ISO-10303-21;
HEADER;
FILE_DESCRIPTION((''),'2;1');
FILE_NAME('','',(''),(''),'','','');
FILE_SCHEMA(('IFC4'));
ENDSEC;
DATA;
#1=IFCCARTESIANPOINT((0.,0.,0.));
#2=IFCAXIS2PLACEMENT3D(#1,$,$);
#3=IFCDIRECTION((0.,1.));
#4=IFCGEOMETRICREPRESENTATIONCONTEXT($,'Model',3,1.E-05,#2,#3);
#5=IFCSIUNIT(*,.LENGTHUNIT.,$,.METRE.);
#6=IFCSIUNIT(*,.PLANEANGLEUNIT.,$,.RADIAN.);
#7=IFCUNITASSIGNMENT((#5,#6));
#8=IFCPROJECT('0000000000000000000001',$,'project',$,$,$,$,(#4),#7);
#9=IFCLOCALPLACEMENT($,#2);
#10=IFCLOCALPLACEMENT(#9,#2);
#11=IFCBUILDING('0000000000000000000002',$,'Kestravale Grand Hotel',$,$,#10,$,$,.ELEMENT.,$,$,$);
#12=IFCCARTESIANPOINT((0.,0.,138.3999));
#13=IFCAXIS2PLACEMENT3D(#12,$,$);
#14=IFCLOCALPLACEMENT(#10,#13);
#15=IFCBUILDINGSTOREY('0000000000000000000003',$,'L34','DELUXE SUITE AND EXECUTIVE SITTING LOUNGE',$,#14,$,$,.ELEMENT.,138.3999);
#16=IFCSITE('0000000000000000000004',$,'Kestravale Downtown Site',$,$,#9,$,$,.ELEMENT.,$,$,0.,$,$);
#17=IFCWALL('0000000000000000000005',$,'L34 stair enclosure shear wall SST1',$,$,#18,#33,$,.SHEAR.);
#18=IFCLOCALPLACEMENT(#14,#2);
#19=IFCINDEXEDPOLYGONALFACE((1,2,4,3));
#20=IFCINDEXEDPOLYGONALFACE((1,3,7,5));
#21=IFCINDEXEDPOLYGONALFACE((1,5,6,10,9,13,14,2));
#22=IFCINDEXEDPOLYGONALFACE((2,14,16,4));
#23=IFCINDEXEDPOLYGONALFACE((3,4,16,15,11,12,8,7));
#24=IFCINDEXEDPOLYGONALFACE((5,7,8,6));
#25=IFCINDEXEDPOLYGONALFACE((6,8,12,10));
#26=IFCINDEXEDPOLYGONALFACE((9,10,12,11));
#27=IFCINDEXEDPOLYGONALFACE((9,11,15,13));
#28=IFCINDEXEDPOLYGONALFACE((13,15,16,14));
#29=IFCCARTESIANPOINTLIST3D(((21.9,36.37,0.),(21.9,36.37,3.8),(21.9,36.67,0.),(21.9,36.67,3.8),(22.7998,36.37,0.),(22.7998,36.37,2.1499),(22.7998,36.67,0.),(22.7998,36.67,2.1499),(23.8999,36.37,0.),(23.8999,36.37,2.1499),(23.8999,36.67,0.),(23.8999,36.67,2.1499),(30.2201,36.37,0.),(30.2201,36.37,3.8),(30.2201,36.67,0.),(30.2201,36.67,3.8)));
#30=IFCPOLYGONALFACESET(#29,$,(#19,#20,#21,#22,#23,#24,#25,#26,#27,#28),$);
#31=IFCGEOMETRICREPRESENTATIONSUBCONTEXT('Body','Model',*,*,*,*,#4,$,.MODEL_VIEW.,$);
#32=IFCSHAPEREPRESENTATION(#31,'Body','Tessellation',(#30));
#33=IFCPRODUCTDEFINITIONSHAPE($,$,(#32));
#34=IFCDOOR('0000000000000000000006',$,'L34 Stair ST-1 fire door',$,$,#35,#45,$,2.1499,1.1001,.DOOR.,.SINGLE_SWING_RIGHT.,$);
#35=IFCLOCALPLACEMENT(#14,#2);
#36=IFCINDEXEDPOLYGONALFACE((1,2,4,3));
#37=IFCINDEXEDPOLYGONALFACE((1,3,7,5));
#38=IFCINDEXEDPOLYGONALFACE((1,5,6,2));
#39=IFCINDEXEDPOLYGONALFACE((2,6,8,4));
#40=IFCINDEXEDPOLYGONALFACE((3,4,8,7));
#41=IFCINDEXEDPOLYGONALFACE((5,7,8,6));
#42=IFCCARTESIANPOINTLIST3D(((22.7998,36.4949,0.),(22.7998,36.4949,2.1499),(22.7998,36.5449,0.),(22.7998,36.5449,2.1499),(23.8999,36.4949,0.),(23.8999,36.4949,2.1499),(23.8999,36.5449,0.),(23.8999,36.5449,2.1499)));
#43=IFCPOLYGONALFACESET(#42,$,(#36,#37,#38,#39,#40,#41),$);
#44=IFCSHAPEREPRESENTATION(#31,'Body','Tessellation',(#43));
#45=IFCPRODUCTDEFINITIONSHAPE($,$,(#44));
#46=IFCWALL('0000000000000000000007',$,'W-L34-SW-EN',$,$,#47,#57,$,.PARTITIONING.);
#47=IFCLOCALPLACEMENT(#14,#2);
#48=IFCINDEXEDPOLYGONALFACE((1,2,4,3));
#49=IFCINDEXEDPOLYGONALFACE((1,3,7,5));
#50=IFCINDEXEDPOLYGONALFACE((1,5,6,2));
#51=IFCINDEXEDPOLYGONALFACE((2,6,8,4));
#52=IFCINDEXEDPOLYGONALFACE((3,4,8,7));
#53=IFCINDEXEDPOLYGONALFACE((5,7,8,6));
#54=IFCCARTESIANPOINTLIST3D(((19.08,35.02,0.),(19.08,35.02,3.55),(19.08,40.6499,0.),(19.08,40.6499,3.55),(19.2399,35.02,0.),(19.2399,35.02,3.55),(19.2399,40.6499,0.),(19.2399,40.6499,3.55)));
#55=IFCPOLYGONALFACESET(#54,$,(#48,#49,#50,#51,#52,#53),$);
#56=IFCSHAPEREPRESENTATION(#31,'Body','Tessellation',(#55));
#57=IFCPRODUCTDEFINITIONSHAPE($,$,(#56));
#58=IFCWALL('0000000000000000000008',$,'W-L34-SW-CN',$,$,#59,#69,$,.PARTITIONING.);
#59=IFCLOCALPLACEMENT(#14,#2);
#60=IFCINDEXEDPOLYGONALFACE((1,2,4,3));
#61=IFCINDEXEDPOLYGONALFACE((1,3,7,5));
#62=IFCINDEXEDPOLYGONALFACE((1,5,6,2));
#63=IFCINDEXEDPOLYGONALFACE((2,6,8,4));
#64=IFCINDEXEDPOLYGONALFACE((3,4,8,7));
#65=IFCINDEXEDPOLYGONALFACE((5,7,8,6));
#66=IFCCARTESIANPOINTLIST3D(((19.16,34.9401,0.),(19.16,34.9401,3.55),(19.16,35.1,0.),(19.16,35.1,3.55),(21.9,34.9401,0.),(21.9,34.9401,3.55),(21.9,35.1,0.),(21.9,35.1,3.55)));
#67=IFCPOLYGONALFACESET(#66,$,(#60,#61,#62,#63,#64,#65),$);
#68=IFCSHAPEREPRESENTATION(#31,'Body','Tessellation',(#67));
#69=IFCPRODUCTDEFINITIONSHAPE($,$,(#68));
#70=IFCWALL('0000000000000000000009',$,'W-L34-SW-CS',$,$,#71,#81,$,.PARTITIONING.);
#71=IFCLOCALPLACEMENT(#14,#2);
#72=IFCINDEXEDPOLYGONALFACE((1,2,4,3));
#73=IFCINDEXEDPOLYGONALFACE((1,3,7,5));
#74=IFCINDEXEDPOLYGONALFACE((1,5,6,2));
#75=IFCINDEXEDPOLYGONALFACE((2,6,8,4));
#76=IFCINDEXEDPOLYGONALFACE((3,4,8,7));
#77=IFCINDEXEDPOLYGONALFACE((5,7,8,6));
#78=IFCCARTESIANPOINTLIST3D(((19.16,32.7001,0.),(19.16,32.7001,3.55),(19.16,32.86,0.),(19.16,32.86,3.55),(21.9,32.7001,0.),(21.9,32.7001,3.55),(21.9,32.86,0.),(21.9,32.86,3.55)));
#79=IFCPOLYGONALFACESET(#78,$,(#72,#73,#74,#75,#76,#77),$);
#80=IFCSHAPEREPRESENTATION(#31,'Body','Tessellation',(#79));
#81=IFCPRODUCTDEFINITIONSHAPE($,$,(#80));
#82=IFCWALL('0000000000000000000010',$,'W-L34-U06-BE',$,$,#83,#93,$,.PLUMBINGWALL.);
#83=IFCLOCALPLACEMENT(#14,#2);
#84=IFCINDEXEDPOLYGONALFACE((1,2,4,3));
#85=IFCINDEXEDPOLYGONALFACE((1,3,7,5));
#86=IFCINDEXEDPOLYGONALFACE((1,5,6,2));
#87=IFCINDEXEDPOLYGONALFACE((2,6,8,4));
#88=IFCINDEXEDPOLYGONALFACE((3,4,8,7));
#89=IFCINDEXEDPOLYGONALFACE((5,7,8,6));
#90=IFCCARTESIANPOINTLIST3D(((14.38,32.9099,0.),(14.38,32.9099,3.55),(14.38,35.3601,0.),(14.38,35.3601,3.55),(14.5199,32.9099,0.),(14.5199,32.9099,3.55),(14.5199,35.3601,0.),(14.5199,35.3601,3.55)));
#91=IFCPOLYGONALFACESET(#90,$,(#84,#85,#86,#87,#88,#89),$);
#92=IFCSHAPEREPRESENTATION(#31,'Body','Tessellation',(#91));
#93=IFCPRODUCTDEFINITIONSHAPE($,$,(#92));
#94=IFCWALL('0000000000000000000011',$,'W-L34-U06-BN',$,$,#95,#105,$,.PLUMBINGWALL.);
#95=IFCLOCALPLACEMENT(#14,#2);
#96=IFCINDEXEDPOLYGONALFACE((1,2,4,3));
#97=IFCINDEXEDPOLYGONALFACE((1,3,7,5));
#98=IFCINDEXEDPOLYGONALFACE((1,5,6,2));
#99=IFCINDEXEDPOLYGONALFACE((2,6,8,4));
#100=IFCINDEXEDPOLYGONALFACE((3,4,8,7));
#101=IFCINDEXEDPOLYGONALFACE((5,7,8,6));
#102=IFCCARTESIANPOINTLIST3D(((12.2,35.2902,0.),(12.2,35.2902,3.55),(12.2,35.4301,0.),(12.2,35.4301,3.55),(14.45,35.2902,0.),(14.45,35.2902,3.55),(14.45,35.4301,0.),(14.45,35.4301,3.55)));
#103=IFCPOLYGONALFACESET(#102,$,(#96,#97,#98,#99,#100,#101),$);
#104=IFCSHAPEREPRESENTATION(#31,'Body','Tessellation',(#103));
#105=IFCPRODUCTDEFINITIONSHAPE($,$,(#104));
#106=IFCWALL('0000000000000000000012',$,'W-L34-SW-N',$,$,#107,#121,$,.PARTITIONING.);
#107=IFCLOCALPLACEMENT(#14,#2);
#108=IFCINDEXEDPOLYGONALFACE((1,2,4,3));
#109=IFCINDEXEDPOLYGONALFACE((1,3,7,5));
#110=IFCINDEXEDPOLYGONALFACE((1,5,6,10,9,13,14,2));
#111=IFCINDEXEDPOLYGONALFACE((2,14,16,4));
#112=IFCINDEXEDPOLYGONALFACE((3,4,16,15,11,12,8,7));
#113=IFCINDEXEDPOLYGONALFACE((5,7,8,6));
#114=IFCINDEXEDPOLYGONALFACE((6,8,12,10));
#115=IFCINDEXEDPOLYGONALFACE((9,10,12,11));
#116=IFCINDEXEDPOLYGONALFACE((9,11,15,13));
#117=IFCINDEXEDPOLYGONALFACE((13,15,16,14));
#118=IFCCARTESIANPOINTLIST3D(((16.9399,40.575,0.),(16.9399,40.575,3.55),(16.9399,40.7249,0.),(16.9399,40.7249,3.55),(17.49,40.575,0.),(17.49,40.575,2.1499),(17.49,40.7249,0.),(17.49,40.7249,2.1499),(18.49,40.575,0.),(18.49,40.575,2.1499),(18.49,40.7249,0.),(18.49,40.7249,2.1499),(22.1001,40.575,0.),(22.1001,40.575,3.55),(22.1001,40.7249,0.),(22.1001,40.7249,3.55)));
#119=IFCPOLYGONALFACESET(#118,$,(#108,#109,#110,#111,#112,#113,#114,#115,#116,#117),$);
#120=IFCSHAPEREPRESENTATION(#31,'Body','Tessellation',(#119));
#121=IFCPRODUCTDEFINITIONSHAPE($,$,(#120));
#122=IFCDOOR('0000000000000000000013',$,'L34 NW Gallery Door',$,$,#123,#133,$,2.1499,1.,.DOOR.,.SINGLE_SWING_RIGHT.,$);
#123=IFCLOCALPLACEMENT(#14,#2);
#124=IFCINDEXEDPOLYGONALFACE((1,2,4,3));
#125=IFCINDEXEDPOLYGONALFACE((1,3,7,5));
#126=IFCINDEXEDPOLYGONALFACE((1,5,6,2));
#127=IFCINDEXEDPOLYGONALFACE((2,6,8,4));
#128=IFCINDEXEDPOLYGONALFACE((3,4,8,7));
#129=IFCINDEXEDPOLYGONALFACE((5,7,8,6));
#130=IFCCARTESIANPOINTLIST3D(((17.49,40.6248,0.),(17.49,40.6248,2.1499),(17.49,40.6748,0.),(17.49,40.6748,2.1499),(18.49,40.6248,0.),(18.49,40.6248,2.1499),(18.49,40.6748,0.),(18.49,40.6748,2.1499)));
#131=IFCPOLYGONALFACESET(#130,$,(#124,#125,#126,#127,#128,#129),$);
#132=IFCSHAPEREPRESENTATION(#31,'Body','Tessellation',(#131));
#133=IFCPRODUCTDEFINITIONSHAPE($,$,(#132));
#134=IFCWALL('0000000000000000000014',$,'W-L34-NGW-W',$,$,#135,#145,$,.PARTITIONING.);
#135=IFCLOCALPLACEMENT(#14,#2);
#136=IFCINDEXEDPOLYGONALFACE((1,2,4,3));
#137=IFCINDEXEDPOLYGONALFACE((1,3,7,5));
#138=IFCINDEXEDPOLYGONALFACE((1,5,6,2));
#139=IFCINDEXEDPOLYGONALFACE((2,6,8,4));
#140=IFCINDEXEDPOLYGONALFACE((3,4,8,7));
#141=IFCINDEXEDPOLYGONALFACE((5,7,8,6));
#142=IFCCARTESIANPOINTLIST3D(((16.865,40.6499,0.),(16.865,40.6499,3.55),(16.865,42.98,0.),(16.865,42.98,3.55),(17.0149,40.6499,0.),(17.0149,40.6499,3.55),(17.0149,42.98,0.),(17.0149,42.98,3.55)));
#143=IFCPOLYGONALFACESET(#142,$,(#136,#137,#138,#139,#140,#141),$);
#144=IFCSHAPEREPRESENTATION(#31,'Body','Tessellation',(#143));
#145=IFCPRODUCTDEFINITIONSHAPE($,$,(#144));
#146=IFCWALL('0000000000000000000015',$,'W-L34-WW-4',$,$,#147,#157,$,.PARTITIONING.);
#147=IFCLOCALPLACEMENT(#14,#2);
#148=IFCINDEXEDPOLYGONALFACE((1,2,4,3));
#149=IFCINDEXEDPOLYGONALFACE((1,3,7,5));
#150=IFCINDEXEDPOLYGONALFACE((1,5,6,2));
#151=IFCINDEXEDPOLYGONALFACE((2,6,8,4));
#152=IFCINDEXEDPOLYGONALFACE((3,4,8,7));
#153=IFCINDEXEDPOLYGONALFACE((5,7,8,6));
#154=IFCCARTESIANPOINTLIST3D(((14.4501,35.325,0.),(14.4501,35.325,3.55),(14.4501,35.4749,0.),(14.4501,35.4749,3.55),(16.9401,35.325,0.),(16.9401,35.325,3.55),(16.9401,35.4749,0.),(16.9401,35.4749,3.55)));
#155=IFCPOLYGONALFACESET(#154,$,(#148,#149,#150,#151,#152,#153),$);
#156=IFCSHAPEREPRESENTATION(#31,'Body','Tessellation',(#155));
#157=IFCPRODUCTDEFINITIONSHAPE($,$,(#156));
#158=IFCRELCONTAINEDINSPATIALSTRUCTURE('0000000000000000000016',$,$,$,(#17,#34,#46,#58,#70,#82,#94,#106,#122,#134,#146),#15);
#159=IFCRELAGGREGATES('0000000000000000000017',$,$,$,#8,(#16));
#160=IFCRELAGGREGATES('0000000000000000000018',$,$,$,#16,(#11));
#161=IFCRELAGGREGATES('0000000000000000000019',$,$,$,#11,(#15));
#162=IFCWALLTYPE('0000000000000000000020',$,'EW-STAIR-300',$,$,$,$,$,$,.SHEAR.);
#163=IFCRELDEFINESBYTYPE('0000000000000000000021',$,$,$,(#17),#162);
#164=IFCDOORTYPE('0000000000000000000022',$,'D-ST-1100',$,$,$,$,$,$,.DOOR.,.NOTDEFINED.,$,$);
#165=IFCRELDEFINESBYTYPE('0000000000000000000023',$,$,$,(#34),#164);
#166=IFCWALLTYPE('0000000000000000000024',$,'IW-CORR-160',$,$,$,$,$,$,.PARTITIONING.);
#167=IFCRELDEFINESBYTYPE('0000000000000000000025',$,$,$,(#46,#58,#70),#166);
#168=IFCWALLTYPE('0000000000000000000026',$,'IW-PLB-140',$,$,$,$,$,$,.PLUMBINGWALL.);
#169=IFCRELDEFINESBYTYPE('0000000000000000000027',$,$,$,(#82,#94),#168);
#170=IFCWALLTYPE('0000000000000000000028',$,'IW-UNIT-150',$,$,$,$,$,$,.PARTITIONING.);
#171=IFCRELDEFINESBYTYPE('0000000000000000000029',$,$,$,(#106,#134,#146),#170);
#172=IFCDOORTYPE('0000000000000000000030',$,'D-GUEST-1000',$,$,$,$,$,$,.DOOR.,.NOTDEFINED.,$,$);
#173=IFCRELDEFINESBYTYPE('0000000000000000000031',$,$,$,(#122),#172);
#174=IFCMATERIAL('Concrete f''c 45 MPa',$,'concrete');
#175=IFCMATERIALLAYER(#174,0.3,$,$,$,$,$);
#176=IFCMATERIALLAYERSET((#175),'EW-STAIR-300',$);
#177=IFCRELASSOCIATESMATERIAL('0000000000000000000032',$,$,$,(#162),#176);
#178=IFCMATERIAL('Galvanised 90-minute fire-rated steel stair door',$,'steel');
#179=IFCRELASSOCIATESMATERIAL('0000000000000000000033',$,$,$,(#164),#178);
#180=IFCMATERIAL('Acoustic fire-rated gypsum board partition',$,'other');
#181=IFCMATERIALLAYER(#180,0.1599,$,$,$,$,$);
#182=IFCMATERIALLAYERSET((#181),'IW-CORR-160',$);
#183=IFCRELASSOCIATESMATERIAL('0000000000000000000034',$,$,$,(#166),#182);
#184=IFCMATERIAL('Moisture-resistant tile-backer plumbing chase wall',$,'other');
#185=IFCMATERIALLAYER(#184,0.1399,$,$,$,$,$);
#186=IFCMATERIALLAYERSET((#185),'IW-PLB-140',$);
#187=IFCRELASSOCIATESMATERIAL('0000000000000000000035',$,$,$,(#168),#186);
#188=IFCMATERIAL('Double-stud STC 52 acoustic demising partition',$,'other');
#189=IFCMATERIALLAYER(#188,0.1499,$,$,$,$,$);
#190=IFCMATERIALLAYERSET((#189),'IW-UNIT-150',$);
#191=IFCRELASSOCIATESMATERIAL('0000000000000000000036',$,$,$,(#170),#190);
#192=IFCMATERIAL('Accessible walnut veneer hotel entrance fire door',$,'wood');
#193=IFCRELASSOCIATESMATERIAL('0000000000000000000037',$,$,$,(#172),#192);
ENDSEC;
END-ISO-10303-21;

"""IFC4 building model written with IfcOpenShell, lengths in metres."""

from ifc_helpers import new_model, si_unit, direction, frame, frame_2d, origin, place, context, subcontext, project, spatial, rectangle, extrude, material, layer, layer_set, type_object, element, fill, save


model = new_model("IFC4")

# Units and contexts
model_context = context("Model", 3, precision=1e-05, world=origin(), true_north=direction((0.0, 1.0)))
body_context = subcontext(model_context, "Body", "Model", "MODEL_VIEW")
ifc_project = project(units=[si_unit("LENGTHUNIT", "METRE"), si_unit("PLANEANGLEUNIT", "RADIAN")], contexts=[model_context])

# Site, building, storey
site_placement = place(None, origin())
site = spatial("IfcSite", under=ifc_project, at=site_placement, Name="Kestravale Downtown Site", CompositionType="ELEMENT", RefElevation=0.0)
building_placement = place(site_placement, origin())
building = spatial("IfcBuilding", under=site, at=building_placement, Name="Kestravale Grand Hotel", CompositionType="ELEMENT")
storey_placement = place(building_placement, frame((0.0, 0.0, 138.3999)))
storey = spatial("IfcBuildingStorey", under=building, at=storey_placement, Name="L34", Description="DELUXE SUITE AND EXECUTIVE SITTING LOUNGE", CompositionType="ELEMENT", Elevation=138.3999)

# Wall, opening, door
ifc_material_1 = material(Name="Concrete f'c 45 MPa", Category="concrete")
ifc_layer_1 = layer(ifc_material_1, 0.3)
ifc_layer_set_1 = layer_set([ifc_layer_1], Name="EW-STAIR-300")
wall_type_1 = type_object("IfcWallType", Name="EW-STAIR-300", PredefinedType="SHEAR", material=ifc_layer_set_1)
wall_1_placement = place(storey_placement, frame((21.8999, 36.52, 0.0), z_axis=(0.0, 0.0, 1.0), x_axis=(1.0, 0.0, 0.0)))
wall_1 = element("IfcWall", 1, at=wall_1_placement, inside=storey, type_object=wall_type_1, Name="L34 stair enclosure shear wall SST1", PredefinedType="SHEAR", context=body_context, shape_type="SweptSolid", body=[
    extrude(rectangle(XDim=8.3201, YDim=0.3, at=frame_2d((4.1602, 0.0))), origin(), (0.0, 0.0, 1.0), 3.8),
])
opening_1_placement = place(wall_1_placement, frame((0.8999, 0.0, 0.0)))
opening_1 = element("IfcOpeningElement", 2, at=opening_1_placement, cuts=wall_1, PredefinedType="OPENING", context=body_context, shape_type="SweptSolid", body=[
    extrude(rectangle(XDim=1.1001, YDim=2.1499, at=frame_2d((0.55, 1.075))), frame((0.0, 0.1599, 0.0), z_axis=(0.0, -1.0, 0.0), x_axis=(1.0, 0.0, 0.0)), (0.0, 0.0, 1.0), 0.3201),
])
ifc_material_2 = material(Name="Galvanised 90-minute fire-rated steel stair door", Category="steel")
door_type_1 = type_object("IfcDoorType", Name="D-ST-1100", OperationType="NOTDEFINED", PredefinedType="DOOR", material=ifc_material_2)
door_1_placement = place(opening_1_placement, origin())
door_1 = element("IfcDoor", 3, at=door_1_placement, inside=storey, type_object=door_type_1, Name="L34 Stair ST-1 fire door", OperationType="SINGLE_SWING_RIGHT", OverallHeight=2.1499, OverallWidth=1.1001, PredefinedType="DOOR", context=body_context, shape_type="SweptSolid", body=[
    extrude(rectangle(XDim=1.1001, YDim=2.1499, at=frame_2d((0.55, 1.075))), frame((0.0, 0.0249, 0.0), z_axis=(0.0, -1.0, 0.0), x_axis=(1.0, 0.0, 0.0)), (0.0, 0.0, 1.0), 0.05),
])
fill(opening_1, door_1)

# Walls
ifc_material_3 = material(Name="Acoustic fire-rated gypsum board partition", Category="other")
ifc_layer_2 = layer(ifc_material_3, 0.1599)
ifc_layer_set_2 = layer_set([ifc_layer_2], Name="IW-CORR-160")
wall_type_2 = type_object("IfcWallType", Name="IW-CORR-160", PredefinedType="PARTITIONING", material=ifc_layer_set_2)
wall_2_placement = place(storey_placement, frame((19.1599, 35.02, 0.0), z_axis=(0.0, 0.0, 1.0), x_axis=(0.0, 1.0, 0.0)))
element("IfcWall", 4, at=wall_2_placement, inside=storey, type_object=wall_type_2, Name="W-L34-SW-EN", PredefinedType="PARTITIONING", context=body_context, shape_type="SweptSolid", body=[
    extrude(rectangle(XDim=5.6299, YDim=0.1599, at=frame_2d((2.8149, 0.0))), origin(), (0.0, 0.0, 1.0), 3.55),
])
for number, where, z_axis, x_axis, name in (
    (5, (19.1599, 35.02, 0.0), (0.0, 0.0, 1.0), (1.0, 0.0, 0.0), "W-L34-SW-CN"),
    (6, (19.1599, 32.78, 0.0), (0.0, 0.0, 1.0), (1.0, 0.0, 0.0), "W-L34-SW-CS"),
):
    element("IfcWall", number, at=place(storey_placement, frame(where, z_axis=z_axis, x_axis=x_axis)), inside=storey, type_object=wall_type_2, Name=name, PredefinedType="PARTITIONING", context=body_context, shape_type="SweptSolid", body=[
        extrude(rectangle(XDim=2.74, YDim=0.1599, at=frame_2d((1.3701, 0.0))), origin(), (0.0, 0.0, 1.0), 3.55),
    ])
ifc_material_4 = material(Name="Moisture-resistant tile-backer plumbing chase wall", Category="other")
ifc_layer_3 = layer(ifc_material_4, 0.1399)
ifc_layer_set_3 = layer_set([ifc_layer_3], Name="IW-PLB-140")
wall_type_3 = type_object("IfcWallType", Name="IW-PLB-140", PredefinedType="PLUMBINGWALL", material=ifc_layer_set_3)
wall_3_placement = place(storey_placement, frame((14.45, 32.9099, 0.0), z_axis=(0.0, 0.0, 1.0), x_axis=(0.0, 1.0, 0.0)))
element("IfcWall", 7, at=wall_3_placement, inside=storey, type_object=wall_type_3, Name="W-L34-U06-BE", PredefinedType="PLUMBINGWALL", context=body_context, shape_type="SweptSolid", body=[
    extrude(rectangle(XDim=2.4502, YDim=0.1399, at=frame_2d((1.2251, 0.0))), origin(), (0.0, 0.0, 1.0), 3.55),
])
wall_4_placement = place(storey_placement, frame((12.2, 35.3601, 0.0), z_axis=(0.0, 0.0, 1.0), x_axis=(1.0, 0.0, 0.0)))
element("IfcWall", 8, at=wall_4_placement, inside=storey, type_object=wall_type_3, Name="W-L34-U06-BN", PredefinedType="PLUMBINGWALL", context=body_context, shape_type="SweptSolid", body=[
    extrude(rectangle(XDim=2.25, YDim=0.1399, at=frame_2d((1.125, 0.0))), origin(), (0.0, 0.0, 1.0), 3.55),
])

# Wall, opening, door
ifc_material_5 = material(Name="Double-stud STC 52 acoustic demising partition", Category="other")
ifc_layer_4 = layer(ifc_material_5, 0.1499)
ifc_layer_set_4 = layer_set([ifc_layer_4], Name="IW-UNIT-150")
wall_type_4 = type_object("IfcWallType", Name="IW-UNIT-150", PredefinedType="PARTITIONING", material=ifc_layer_set_4)
wall_5_placement = place(storey_placement, frame((16.9399, 40.6499, 0.0), z_axis=(0.0, 0.0, 1.0), x_axis=(1.0, 0.0, 0.0)))
wall_5 = element("IfcWall", 9, at=wall_5_placement, inside=storey, type_object=wall_type_4, Name="W-L34-SW-N", PredefinedType="PARTITIONING", context=body_context, shape_type="SweptSolid", body=[
    extrude(rectangle(XDim=5.1602, YDim=0.1499, at=frame_2d((2.5801, 0.0))), origin(), (0.0, 0.0, 1.0), 3.55),
])
opening_2_placement = place(wall_5_placement, frame((0.55, 0.0, 0.0)))
opening_2 = element("IfcOpeningElement", 10, at=opening_2_placement, cuts=wall_5, PredefinedType="OPENING", context=body_context, shape_type="SweptSolid", body=[
    extrude(rectangle(XDim=1.0, YDim=2.1499, at=frame_2d((0.5, 1.075))), frame((0.0, 0.085, 0.0), z_axis=(0.0, -1.0, 0.0), x_axis=(1.0, 0.0, 0.0)), (0.0, 0.0, 1.0), 0.1699),
])
ifc_material_6 = material(Name="Accessible walnut veneer hotel entrance fire door", Category="wood")
door_type_2 = type_object("IfcDoorType", Name="D-GUEST-1000", OperationType="NOTDEFINED", PredefinedType="DOOR", material=ifc_material_6)
door_2_placement = place(opening_2_placement, origin())
door_2 = element("IfcDoor", 11, at=door_2_placement, inside=storey, type_object=door_type_2, Name="L34 NW Gallery Door", OperationType="SINGLE_SWING_RIGHT", OverallHeight=2.1499, OverallWidth=1.0, PredefinedType="DOOR", context=body_context, shape_type="SweptSolid", body=[
    extrude(rectangle(XDim=1.0, YDim=2.1499, at=frame_2d((0.5, 1.075))), frame((0.0, 0.0249, 0.0), z_axis=(0.0, -1.0, 0.0), x_axis=(1.0, 0.0, 0.0)), (0.0, 0.0, 1.0), 0.05),
])
fill(opening_2, door_2)

# Walls
wall_6_placement = place(storey_placement, frame((16.9399, 40.6499, 0.0), z_axis=(0.0, 0.0, 1.0), x_axis=(0.0, 1.0, 0.0)))
element("IfcWall", 12, at=wall_6_placement, inside=storey, type_object=wall_type_4, Name="W-L34-NGW-W", PredefinedType="PARTITIONING", context=body_context, shape_type="SweptSolid", body=[
    extrude(rectangle(XDim=2.3301, YDim=0.1499, at=frame_2d((1.165, 0.0))), origin(), (0.0, 0.0, 1.0), 3.55),
])
wall_7_placement = place(storey_placement, frame((14.45, 35.3999, 0.0), z_axis=(0.0, 0.0, 1.0), x_axis=(1.0, 0.0, 0.0)))
element("IfcWall", 13, at=wall_7_placement, inside=storey, type_object=wall_type_4, Name="W-L34-WW-4", PredefinedType="PARTITIONING", context=body_context, shape_type="SweptSolid", body=[
    extrude(rectangle(XDim=2.49, YDim=0.1499, at=frame_2d((1.2451, 0.0))), origin(), (0.0, 0.0, 1.0), 3.55),
])

save(model, "model.ifc")
